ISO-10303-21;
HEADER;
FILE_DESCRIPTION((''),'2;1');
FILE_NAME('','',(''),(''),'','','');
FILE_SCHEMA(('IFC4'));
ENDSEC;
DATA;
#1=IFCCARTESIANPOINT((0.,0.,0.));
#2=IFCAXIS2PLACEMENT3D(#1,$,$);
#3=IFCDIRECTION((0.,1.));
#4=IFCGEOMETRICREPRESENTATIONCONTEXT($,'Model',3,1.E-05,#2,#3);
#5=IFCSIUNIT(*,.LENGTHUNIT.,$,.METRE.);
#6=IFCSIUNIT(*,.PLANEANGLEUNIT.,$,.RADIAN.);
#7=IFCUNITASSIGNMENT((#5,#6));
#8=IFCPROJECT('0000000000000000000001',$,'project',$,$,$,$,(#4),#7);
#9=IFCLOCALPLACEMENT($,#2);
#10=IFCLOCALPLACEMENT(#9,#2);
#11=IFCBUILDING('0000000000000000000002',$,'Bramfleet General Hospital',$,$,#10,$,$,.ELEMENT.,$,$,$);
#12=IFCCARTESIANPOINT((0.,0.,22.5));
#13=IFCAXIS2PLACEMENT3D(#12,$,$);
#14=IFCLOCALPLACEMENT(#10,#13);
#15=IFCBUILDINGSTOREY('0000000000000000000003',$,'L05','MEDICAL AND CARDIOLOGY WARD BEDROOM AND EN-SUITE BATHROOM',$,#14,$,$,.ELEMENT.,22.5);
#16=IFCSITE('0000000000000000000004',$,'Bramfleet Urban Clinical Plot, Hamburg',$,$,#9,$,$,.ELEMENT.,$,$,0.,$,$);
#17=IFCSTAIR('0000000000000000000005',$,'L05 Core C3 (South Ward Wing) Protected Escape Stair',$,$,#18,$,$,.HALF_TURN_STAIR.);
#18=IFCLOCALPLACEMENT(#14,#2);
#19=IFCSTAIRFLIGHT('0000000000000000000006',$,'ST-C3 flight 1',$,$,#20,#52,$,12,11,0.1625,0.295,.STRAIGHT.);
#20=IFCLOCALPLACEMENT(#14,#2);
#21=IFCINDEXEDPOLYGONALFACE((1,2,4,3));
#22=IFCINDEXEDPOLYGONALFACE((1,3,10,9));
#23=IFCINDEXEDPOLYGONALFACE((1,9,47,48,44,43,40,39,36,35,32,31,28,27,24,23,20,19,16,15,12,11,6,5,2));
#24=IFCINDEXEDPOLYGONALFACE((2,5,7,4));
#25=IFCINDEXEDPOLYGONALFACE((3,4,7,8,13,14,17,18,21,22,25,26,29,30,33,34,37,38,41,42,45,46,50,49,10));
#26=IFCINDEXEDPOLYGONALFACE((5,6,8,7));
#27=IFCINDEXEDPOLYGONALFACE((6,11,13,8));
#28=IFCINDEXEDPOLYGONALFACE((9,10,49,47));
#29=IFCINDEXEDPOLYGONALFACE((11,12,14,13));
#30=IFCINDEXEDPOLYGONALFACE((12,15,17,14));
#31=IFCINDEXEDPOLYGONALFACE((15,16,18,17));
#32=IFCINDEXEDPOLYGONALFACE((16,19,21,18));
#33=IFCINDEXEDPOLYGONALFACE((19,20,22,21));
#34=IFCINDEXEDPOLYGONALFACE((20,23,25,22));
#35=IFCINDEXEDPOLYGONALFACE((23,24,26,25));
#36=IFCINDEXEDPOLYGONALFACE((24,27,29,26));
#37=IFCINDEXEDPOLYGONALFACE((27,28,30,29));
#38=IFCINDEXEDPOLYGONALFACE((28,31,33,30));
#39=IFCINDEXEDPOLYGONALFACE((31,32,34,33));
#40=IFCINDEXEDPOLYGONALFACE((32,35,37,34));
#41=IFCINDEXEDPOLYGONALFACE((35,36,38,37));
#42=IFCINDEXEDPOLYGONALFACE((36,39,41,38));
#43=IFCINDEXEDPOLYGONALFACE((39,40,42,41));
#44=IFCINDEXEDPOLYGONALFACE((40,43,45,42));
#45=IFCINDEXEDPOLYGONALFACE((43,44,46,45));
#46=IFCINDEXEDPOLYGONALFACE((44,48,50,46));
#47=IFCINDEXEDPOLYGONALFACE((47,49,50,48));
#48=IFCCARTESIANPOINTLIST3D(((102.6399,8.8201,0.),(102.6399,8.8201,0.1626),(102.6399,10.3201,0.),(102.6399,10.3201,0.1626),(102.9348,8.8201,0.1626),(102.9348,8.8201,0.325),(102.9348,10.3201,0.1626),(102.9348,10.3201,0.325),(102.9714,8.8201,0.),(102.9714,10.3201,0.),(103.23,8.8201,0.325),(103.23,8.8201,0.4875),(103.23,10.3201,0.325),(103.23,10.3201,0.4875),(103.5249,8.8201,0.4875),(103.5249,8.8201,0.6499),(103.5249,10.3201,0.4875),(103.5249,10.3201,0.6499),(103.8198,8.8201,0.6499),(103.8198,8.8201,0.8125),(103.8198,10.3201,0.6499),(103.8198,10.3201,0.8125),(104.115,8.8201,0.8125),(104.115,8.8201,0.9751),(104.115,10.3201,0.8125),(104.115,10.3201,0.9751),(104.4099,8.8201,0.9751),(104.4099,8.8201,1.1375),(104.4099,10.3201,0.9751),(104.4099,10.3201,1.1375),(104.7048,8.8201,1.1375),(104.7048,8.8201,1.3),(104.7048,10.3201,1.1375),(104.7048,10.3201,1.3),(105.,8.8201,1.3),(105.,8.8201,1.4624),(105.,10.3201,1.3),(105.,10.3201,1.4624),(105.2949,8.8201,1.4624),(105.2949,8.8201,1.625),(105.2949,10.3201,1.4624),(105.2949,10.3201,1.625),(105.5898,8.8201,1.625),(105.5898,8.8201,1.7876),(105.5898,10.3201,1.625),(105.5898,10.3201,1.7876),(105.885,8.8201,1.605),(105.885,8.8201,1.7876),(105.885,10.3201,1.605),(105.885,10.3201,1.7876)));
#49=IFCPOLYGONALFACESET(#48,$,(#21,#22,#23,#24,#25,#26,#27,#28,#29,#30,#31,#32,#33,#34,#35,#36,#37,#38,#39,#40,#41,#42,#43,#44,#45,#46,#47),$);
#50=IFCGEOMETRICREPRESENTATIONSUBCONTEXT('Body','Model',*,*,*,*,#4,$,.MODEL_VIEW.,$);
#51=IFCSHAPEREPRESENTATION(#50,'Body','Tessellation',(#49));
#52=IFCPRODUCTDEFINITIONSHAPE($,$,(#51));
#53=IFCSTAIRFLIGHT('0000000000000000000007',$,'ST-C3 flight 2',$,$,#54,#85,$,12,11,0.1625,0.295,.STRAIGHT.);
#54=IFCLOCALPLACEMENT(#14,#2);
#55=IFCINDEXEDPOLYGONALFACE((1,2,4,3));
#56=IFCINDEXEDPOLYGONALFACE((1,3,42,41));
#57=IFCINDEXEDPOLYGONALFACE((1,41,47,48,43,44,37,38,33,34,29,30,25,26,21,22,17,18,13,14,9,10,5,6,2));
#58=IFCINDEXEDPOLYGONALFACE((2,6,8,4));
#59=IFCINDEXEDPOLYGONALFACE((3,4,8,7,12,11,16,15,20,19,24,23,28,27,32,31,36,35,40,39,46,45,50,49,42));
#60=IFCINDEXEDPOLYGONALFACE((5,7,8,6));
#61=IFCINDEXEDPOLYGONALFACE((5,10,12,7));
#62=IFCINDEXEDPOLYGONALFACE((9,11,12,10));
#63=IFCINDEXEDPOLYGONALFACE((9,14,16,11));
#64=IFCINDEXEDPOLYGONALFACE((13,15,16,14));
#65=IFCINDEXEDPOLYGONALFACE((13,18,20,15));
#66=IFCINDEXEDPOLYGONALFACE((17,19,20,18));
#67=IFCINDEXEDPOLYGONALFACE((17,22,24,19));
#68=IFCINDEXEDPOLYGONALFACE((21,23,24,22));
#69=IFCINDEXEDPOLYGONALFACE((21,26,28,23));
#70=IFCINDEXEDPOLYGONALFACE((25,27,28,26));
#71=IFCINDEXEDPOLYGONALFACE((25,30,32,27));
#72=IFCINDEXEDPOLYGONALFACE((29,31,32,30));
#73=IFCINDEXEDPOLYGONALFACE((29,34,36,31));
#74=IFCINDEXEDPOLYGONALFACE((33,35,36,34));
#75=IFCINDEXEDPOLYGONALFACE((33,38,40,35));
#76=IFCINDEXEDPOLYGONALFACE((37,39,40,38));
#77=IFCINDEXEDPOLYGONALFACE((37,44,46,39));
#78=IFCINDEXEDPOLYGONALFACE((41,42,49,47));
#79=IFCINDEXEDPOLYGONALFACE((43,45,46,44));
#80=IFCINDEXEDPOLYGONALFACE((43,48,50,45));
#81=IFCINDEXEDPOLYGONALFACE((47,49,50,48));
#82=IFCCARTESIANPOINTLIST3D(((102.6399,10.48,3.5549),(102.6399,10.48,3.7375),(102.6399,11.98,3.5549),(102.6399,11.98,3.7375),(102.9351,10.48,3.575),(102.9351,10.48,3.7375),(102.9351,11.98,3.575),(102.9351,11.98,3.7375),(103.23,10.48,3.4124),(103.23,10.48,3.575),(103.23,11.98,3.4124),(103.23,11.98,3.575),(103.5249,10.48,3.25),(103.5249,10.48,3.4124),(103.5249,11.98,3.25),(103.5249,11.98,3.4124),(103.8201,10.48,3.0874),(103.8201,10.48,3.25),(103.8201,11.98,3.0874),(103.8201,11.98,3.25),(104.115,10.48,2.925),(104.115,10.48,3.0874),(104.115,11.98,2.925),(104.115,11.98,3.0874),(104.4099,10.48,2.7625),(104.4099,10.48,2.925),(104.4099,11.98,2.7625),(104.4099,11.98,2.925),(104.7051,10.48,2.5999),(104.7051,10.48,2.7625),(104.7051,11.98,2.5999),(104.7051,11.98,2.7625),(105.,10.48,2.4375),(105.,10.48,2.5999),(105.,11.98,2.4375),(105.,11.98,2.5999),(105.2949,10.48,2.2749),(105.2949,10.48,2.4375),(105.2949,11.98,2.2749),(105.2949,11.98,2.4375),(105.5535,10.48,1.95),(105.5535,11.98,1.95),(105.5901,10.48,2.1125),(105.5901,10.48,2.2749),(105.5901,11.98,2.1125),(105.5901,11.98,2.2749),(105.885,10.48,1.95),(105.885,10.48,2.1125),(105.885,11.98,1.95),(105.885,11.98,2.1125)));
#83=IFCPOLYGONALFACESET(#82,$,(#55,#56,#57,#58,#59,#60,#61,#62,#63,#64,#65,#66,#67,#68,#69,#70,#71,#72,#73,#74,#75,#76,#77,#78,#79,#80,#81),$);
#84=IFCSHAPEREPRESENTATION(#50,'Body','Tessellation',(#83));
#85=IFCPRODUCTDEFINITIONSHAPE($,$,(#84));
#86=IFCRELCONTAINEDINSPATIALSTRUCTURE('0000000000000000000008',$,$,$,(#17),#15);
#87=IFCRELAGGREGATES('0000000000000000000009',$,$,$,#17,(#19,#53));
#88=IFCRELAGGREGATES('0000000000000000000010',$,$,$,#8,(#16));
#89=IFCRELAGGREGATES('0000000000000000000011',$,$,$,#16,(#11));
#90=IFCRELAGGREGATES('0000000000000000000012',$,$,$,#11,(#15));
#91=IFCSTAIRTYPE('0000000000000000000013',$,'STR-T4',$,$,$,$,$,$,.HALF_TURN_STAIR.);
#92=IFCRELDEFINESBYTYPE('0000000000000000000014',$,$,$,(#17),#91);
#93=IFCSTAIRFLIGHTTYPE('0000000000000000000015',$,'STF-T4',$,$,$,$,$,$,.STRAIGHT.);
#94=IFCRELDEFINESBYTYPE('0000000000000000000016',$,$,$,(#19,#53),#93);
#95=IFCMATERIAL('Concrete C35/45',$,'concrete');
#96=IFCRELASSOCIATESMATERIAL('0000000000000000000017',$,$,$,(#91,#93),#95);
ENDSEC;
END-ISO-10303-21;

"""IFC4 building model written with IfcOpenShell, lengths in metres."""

from ifc_helpers import new_model, si_unit, direction, frame, origin, place, context, subcontext, project, spatial, polyline, outline, extrude, material, type_object, element, aggregate, save


model = new_model("IFC4")

# Units and contexts
model_context = context("Model", 3, precision=1e-05, world=origin(), true_north=direction((0.0, 1.0)))
body_context = subcontext(model_context, "Body", "Model", "MODEL_VIEW")
ifc_project = project(units=[si_unit("LENGTHUNIT", "METRE"), si_unit("PLANEANGLEUNIT", "RADIAN")], contexts=[model_context])

# Site, building, storey
site_placement = place(None, origin())
site = spatial("IfcSite", under=ifc_project, at=site_placement, Name="Bramfleet Urban Clinical Plot, Hamburg", CompositionType="ELEMENT", RefElevation=0.0)
building_placement = place(site_placement, origin())
building = spatial("IfcBuilding", under=site, at=building_placement, Name="Bramfleet General Hospital", CompositionType="ELEMENT")
storey_placement = place(building_placement, frame((0.0, 0.0, 22.5)))
storey = spatial("IfcBuildingStorey", under=building, at=storey_placement, Name="L05", Description="MEDICAL AND CARDIOLOGY WARD BEDROOM AND EN-SUITE BATHROOM", CompositionType="ELEMENT", Elevation=22.5)

# Shared definitions
ifc_material_1 = material(Name="Concrete C35/45", Category="concrete")

# Stair, stair flights
stair_type = type_object("IfcStairType", Name="STR-T4", PredefinedType="HALF_TURN_STAIR", material=ifc_material_1)
stair_placement = place(storey_placement, origin())
stair = element("IfcStair", 1, at=stair_placement, inside=storey, type_object=stair_type, Name="L05 Core C3 (South Ward Wing) Protected Escape Stair", PredefinedType="HALF_TURN_STAIR")
stair_flight_type = type_object("IfcStairFlightType", Name="STF-T4", PredefinedType="STRAIGHT", material=ifc_material_1)
stair_flight_1_placement = place(storey_placement, frame((102.6399, 9.5701, 0.0), z_axis=(0.0, 0.0, 1.0), x_axis=(1.0, 0.0, 0.0)))
stair_flight_1 = element("IfcStairFlight", 2, at=stair_flight_1_placement, type_object=stair_flight_type, Name="ST-C3 flight 1", NumberOfRisers=12, NumberOfTreads=11, PredefinedType="STRAIGHT", RiserHeight=0.1625, TreadLength=0.295, context=body_context, shape_type="SweptSolid", body=[
    extrude(outline(polyline([(0.0, 0.0), (0.0, 0.1626), (0.2949, 0.1626), (0.2949, 0.325), (0.5901, 0.325), (0.5901, 0.4875), (0.885, 0.4875), (0.885, 0.6499), (1.1799, 0.6499), (1.1799, 0.8125), (1.4751, 0.8125), (1.4751, 0.9751), (1.77, 0.9751), (1.77, 1.1375), (2.0649, 1.1375), (2.0649, 1.3), (2.3601, 1.3), (2.3601, 1.4624), (2.655, 1.4624), (2.655, 1.625), (2.95, 1.625), (2.95, 1.7876), (3.2451, 1.7876), (3.2451, 1.95), (3.2451, 1.605), (0.3315, 0.0), (0.0, 0.0)])), frame((0.0, 0.75, 0.0), z_axis=(0.0, -1.0, 0.0), x_axis=(1.0, 0.0, 0.0)), (0.0, 0.0, 1.0), 1.5),
])
stair_flight_2_placement = place(storey_placement, frame((105.885, 11.23, 1.95), z_axis=(0.0, 0.0, 1.0), x_axis=(-1.0, 0.0, 0.0)))
stair_flight_2 = element("IfcStairFlight", 3, at=stair_flight_2_placement, type_object=stair_flight_type, Name="ST-C3 flight 2", NumberOfRisers=12, NumberOfTreads=11, PredefinedType="STRAIGHT", RiserHeight=0.1625, TreadLength=0.295, context=body_context, shape_type="SweptSolid", body=[
    extrude(outline(polyline([(0.0, 0.0), (0.0, 0.1626), (0.2949, 0.1626), (0.2949, 0.325), (0.5901, 0.325), (0.5901, 0.4875), (0.885, 0.4875), (0.885, 0.6499), (1.1799, 0.6499), (1.1799, 0.8125), (1.4751, 0.8125), (1.4751, 0.9751), (1.77, 0.9751), (1.77, 1.1375), (2.0649, 1.1375), (2.0649, 1.3), (2.3601, 1.3), (2.3601, 1.4624), (2.655, 1.4624), (2.655, 1.625), (2.95, 1.625), (2.95, 1.7876), (3.2451, 1.7876), (3.2451, 1.95), (3.2451, 1.605), (0.3315, 0.0), (0.0, 0.0)])), frame((0.0, 0.75, 0.0), z_axis=(0.0, -1.0, 0.0), x_axis=(1.0, 0.0, 0.0)), (0.0, 0.0, 1.0), 1.5),
])
aggregate(stair, [stair_flight_1, stair_flight_2])

save(model, "model.ifc")
